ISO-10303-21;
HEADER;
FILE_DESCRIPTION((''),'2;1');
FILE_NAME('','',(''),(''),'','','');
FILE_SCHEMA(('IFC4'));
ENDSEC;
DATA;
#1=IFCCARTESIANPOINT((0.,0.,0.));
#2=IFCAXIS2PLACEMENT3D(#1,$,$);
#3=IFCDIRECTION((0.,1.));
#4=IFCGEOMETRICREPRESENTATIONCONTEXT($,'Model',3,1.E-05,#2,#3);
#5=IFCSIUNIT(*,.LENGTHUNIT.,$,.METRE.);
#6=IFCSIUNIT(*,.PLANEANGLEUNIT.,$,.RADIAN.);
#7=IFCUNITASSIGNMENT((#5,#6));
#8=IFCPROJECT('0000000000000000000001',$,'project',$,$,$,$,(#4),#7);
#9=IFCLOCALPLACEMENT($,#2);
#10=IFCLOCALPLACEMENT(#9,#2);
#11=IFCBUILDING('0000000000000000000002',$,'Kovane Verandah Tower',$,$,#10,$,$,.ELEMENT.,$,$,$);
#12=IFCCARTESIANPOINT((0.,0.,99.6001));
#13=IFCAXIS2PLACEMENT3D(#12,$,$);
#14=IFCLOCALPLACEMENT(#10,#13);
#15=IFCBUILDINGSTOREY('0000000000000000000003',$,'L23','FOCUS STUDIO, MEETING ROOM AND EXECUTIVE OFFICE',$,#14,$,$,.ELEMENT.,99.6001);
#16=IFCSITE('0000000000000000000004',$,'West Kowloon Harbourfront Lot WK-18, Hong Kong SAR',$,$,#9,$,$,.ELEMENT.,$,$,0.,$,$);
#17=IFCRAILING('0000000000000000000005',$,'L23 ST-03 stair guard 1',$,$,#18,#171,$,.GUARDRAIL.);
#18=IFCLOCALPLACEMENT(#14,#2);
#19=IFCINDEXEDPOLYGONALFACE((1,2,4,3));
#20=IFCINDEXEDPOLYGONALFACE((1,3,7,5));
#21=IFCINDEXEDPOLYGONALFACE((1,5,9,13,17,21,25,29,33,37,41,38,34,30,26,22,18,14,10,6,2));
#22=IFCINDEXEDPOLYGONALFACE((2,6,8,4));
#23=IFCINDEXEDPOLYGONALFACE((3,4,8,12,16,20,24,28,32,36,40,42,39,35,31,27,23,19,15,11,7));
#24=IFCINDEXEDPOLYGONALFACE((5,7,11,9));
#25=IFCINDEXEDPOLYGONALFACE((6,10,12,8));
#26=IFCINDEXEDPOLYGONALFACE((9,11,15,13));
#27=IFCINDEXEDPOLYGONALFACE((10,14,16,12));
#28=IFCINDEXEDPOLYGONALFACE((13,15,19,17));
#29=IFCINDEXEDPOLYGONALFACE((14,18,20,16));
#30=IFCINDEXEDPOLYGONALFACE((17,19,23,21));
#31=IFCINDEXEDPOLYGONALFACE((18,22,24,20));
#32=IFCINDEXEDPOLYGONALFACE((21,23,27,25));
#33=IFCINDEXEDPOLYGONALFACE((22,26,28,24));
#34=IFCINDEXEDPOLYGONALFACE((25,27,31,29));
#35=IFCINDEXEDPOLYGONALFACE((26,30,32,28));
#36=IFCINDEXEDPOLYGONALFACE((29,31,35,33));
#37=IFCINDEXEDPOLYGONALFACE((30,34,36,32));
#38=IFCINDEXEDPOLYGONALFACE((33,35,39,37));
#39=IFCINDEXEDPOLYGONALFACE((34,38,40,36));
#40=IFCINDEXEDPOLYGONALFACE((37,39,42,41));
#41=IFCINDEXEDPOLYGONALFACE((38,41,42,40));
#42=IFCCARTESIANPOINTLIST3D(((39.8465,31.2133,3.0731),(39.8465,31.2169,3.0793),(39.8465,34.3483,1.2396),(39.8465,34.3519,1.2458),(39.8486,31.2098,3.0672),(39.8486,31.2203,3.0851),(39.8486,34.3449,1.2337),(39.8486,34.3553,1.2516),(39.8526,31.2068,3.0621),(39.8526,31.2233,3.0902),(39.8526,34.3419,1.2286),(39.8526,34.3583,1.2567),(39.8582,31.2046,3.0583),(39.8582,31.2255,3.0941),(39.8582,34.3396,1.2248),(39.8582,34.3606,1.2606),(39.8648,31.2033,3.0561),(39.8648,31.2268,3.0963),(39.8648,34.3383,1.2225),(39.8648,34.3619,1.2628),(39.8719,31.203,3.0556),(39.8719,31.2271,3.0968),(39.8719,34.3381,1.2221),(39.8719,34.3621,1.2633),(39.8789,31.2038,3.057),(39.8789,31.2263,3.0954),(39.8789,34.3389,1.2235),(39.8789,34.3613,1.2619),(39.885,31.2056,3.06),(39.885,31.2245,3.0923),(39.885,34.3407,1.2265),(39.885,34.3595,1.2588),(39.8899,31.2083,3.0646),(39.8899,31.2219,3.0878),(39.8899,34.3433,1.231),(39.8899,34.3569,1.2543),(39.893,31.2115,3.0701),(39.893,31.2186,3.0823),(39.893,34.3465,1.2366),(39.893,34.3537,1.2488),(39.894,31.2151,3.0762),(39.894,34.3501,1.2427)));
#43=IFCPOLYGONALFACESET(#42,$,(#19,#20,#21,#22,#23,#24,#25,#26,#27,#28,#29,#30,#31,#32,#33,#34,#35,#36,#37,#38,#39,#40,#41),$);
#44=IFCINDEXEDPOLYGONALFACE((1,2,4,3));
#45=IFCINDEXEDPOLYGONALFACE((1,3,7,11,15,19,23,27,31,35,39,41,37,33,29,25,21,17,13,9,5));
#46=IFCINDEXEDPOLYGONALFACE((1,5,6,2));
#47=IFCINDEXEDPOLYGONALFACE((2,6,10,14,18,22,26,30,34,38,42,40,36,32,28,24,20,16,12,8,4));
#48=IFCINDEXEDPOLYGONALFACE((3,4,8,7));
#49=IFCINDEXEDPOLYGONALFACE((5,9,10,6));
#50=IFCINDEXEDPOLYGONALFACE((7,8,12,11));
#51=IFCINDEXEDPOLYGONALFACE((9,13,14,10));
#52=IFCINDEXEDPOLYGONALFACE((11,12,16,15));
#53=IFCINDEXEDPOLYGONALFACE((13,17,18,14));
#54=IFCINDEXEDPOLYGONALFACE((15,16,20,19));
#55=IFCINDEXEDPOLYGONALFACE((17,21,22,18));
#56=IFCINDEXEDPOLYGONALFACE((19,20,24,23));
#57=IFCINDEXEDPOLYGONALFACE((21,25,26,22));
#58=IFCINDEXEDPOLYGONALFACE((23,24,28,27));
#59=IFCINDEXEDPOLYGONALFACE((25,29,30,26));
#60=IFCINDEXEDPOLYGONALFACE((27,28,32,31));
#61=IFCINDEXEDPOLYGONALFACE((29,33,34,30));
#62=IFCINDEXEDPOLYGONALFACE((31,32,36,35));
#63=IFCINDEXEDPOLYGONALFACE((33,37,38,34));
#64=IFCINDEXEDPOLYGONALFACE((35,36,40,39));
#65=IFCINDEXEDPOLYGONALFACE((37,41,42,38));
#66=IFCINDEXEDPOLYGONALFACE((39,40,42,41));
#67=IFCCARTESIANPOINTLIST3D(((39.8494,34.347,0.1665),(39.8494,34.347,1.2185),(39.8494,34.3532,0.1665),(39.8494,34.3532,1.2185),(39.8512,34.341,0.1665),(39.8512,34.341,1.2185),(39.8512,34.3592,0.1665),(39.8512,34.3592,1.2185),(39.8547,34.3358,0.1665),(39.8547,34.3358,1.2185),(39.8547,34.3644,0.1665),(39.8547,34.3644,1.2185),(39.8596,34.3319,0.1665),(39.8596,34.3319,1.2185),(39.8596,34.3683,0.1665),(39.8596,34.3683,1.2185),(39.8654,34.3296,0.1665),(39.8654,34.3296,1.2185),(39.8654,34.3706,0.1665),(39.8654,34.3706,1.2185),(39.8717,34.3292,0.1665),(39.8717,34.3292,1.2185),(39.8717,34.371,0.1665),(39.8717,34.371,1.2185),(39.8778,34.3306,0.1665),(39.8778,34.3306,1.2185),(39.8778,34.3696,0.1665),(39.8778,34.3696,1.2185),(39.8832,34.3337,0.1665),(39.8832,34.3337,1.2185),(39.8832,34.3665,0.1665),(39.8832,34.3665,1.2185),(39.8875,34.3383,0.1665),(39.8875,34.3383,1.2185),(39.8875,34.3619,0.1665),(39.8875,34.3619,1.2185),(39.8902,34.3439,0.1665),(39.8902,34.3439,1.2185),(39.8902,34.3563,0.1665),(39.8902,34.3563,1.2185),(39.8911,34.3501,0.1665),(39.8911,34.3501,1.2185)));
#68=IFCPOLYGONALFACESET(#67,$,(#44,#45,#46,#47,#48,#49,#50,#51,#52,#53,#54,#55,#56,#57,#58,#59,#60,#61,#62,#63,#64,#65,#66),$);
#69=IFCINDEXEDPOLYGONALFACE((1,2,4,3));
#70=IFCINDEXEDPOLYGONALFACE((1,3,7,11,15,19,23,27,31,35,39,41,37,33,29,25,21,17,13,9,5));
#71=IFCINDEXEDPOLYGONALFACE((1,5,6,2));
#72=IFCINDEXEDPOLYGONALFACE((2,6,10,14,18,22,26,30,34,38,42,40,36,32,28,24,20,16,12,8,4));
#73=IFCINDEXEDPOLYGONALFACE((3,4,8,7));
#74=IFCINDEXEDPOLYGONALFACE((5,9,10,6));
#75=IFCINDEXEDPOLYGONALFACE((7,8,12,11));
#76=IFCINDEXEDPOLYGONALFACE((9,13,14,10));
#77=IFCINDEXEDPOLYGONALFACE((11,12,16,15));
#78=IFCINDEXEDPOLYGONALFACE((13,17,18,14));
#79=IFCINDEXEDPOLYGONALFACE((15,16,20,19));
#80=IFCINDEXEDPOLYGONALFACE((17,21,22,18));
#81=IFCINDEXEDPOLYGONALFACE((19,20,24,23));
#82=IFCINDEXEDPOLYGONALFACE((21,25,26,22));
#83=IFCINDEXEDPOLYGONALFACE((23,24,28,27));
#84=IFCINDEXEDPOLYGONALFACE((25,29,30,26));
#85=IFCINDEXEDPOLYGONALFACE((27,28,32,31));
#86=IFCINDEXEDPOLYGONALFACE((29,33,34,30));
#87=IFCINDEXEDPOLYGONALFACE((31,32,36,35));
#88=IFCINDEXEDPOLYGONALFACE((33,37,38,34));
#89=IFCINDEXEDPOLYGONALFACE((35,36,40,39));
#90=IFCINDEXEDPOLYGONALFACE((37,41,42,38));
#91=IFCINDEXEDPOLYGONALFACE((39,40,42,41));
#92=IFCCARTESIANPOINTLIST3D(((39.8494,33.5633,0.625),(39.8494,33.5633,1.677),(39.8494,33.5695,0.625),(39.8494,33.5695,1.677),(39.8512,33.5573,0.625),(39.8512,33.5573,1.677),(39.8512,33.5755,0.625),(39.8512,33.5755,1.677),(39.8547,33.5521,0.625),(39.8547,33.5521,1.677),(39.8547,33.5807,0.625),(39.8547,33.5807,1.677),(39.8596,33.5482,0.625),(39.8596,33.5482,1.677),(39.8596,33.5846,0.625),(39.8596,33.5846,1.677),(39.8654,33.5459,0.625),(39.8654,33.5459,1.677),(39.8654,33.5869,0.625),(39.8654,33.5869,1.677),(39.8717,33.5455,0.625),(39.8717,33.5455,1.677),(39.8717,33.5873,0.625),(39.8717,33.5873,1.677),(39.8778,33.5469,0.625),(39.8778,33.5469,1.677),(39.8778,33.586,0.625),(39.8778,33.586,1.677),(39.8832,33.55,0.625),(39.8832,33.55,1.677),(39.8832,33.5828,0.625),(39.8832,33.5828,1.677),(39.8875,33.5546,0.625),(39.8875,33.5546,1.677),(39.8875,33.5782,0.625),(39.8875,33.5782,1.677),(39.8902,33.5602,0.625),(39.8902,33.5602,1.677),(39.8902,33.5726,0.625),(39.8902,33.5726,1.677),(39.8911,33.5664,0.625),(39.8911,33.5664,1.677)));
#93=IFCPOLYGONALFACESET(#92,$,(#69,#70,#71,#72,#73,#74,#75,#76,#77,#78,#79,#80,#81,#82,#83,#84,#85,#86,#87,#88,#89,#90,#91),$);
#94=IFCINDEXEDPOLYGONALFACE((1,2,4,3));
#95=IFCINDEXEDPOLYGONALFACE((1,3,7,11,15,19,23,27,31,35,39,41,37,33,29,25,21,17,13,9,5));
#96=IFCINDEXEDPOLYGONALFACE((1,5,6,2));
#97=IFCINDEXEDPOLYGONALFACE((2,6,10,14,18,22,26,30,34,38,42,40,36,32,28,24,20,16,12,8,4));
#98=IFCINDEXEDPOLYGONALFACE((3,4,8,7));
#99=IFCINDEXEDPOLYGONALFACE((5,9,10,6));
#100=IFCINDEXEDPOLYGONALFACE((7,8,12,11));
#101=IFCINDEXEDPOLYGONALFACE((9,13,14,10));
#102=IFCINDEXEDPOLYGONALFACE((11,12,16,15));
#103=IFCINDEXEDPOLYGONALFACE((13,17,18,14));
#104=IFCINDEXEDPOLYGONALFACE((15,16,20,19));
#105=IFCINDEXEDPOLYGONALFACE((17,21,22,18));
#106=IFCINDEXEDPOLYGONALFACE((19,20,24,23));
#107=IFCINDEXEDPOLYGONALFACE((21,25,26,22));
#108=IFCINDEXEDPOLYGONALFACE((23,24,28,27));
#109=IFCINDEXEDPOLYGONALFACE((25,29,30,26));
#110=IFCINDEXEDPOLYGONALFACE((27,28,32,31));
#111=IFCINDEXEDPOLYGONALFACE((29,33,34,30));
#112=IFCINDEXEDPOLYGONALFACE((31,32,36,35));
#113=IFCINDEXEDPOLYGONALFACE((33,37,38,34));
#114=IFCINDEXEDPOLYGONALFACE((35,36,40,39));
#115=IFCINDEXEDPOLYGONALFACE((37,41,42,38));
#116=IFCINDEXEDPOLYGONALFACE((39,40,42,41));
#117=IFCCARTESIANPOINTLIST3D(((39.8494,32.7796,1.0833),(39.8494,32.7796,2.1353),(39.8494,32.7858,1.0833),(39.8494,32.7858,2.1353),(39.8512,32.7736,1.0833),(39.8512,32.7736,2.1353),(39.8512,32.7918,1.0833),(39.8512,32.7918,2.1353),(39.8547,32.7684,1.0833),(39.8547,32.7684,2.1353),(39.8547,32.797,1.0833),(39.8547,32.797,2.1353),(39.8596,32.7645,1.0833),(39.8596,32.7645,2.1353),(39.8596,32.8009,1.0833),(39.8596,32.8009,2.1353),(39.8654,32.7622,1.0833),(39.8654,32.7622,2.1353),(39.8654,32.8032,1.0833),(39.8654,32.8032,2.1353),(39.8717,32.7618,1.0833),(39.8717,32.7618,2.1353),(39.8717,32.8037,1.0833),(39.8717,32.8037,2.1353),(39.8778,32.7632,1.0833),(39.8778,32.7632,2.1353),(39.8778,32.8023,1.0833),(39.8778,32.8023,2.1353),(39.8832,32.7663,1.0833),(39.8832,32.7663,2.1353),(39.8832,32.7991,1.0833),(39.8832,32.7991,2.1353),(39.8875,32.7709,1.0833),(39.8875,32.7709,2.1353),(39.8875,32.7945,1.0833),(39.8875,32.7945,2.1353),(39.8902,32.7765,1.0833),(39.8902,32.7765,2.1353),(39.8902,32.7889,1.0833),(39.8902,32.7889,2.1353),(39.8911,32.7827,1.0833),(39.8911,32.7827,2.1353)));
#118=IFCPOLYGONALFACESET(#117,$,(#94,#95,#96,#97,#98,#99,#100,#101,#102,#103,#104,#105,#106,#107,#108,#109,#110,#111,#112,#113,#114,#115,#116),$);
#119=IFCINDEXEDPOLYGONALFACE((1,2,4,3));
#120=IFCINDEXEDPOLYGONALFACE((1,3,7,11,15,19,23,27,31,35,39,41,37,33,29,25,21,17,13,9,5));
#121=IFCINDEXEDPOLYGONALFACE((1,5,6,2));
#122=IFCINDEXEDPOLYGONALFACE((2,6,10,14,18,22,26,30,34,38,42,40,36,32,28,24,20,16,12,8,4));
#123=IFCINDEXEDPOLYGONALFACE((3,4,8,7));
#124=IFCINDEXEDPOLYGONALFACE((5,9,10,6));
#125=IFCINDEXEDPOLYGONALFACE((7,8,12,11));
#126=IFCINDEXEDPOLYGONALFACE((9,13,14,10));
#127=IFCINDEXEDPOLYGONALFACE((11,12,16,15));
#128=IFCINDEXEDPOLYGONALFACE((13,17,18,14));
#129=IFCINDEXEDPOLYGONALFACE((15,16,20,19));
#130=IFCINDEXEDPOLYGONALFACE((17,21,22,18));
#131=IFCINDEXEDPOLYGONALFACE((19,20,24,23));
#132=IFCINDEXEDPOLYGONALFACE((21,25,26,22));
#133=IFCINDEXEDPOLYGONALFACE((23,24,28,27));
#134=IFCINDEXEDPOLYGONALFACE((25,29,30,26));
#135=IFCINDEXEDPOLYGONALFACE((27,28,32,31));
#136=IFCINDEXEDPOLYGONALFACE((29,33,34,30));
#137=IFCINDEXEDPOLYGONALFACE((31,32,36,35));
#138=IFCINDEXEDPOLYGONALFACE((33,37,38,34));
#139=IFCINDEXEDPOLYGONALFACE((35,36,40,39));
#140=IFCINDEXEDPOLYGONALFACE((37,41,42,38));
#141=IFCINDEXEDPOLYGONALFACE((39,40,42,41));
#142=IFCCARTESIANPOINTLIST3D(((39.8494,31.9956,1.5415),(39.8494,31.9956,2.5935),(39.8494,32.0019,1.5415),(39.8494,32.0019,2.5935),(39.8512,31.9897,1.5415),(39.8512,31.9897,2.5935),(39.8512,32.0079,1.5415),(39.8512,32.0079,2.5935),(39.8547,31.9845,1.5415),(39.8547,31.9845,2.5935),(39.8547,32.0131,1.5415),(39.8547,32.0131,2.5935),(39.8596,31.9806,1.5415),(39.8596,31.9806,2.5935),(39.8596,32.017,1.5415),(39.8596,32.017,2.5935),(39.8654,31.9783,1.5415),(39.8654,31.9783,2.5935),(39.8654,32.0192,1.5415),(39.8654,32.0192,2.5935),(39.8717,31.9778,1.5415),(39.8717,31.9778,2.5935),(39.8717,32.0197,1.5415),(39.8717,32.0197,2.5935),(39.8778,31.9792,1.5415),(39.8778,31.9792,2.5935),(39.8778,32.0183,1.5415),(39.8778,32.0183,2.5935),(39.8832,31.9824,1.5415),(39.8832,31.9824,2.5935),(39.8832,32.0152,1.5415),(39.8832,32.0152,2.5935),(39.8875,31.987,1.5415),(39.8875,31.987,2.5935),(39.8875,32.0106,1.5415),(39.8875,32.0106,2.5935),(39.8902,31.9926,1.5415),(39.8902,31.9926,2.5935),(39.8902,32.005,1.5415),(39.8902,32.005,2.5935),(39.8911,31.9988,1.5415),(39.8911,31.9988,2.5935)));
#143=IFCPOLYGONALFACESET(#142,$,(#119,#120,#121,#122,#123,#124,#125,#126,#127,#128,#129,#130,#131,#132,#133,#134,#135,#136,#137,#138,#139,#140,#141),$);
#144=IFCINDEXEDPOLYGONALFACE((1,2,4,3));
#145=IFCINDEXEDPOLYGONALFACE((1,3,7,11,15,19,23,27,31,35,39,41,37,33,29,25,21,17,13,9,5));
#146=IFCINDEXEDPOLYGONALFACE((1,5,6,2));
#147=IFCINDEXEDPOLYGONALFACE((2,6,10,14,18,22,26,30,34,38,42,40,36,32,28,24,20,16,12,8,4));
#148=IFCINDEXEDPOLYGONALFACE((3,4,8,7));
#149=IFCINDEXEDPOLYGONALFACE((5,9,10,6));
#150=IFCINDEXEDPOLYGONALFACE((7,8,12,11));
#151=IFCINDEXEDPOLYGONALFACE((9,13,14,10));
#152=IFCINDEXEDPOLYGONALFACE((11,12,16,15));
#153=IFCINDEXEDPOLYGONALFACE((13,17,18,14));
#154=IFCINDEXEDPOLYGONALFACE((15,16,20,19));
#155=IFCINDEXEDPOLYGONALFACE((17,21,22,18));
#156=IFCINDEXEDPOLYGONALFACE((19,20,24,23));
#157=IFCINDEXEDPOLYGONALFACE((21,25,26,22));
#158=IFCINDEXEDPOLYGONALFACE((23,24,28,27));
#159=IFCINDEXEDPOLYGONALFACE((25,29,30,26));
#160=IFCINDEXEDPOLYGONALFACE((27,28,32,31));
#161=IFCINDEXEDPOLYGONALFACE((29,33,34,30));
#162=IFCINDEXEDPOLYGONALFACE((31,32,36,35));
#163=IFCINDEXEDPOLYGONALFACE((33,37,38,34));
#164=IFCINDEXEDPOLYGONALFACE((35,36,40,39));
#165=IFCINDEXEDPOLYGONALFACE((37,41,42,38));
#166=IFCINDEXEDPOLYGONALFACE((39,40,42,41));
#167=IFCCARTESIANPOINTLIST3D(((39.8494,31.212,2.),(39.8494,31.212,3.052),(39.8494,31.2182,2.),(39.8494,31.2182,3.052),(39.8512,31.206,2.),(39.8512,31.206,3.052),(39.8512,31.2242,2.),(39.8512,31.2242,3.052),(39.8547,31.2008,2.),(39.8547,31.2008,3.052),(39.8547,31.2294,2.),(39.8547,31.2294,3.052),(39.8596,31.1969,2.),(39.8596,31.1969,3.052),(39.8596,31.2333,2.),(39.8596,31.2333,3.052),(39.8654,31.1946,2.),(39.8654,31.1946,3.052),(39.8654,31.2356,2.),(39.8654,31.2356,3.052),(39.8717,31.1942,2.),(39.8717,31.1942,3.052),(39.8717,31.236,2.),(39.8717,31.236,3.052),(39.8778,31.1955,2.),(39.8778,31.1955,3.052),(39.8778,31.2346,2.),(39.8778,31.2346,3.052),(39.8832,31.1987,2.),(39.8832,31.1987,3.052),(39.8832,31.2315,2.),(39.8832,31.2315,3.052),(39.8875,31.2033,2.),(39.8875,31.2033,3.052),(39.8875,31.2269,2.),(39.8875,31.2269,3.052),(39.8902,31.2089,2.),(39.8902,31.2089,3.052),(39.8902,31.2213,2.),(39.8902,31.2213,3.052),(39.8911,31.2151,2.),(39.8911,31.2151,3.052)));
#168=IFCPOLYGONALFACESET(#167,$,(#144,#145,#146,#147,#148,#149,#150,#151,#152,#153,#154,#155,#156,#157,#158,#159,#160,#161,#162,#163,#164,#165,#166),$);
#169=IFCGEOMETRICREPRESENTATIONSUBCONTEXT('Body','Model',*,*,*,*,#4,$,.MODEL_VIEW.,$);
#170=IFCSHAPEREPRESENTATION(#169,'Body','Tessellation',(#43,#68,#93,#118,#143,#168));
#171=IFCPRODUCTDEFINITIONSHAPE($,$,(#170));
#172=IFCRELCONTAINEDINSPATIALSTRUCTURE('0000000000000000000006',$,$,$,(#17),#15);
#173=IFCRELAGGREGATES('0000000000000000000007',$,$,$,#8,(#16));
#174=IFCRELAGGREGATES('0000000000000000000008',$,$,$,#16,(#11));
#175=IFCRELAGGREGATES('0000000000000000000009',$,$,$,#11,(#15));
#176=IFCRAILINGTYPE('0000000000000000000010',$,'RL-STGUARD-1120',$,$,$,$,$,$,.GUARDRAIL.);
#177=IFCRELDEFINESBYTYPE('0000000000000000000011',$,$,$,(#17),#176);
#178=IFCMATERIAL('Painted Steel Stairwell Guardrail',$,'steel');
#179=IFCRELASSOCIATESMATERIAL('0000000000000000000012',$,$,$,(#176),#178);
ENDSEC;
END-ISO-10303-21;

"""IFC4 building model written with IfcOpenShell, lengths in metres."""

from ifc_helpers import new_model, si_unit, direction, frame, origin, origin_2d, place, context, subcontext, project, spatial, circle, extrude, material, type_object, element, save


model = new_model("IFC4")

# Units and contexts
model_context = context("Model", 3, precision=1e-05, world=origin(), true_north=direction((0.0, 1.0)))
body_context = subcontext(model_context, "Body", "Model", "MODEL_VIEW")
ifc_project = project(units=[si_unit("LENGTHUNIT", "METRE"), si_unit("PLANEANGLEUNIT", "RADIAN")], contexts=[model_context])

# Site, building, storey
site_placement = place(None, origin())
site = spatial("IfcSite", under=ifc_project, at=site_placement, Name="West Kowloon Harbourfront Lot WK-18, Hong Kong SAR", CompositionType="ELEMENT", RefElevation=0.0)
building_placement = place(site_placement, origin())
building = spatial("IfcBuilding", under=site, at=building_placement, Name="Kovane Verandah Tower", CompositionType="ELEMENT")
storey_placement = place(building_placement, frame((0.0, 0.0, 99.6001)))
storey = spatial("IfcBuildingStorey", under=building, at=storey_placement, Name="L23", Description="FOCUS STUDIO, MEETING ROOM AND EXECUTIVE OFFICE", CompositionType="ELEMENT", Elevation=99.6001)

# Railing
ifc_material_1 = material(Name="Painted Steel Stairwell Guardrail", Category="steel")
railing_type = type_object("IfcRailingType", Name="RL-STGUARD-1120", PredefinedType="GUARDRAIL", material=ifc_material_1)
railing_1_placement = place(storey_placement, frame((39.8701, 34.3501, 0.1665)))
element("IfcRailing", 1, at=railing_1_placement, inside=storey, type_object=railing_type, Name="L23 ST-03 stair guard 1", PredefinedType="GUARDRAIL", context=body_context, shape_type="SweptSolid", body=[
    extrude(circle(Radius=0.0239, at=origin_2d()), frame((0.0, 0.0, 1.0762), z_axis=(0.0, -0.86321, 0.504845), x_axis=(1.0, 0.0, 0.0)), (0.0, 0.0, 1.0), 3.6318),
    extrude(circle(Radius=0.021, at=origin_2d()), origin(), (0.0, 0.0, 1.0), 1.052),
    extrude(circle(Radius=0.021, at=origin_2d()), frame((0.0, -0.7837, 0.4585)), (0.0, 0.0, 1.0), 1.052),
    extrude(circle(Radius=0.021, at=origin_2d()), frame((0.0, -1.5674, 0.9167)), (0.0, 0.0, 1.0), 1.052),
    extrude(circle(Radius=0.021, at=origin_2d()), frame((0.0, -2.3513, 1.375)), (0.0, 0.0, 1.0), 1.052),
    extrude(circle(Radius=0.021, at=origin_2d()), frame((0.0, -3.135, 1.8335)), (0.0, 0.0, 1.0), 1.052),
])

save(model, "model.ifc")
